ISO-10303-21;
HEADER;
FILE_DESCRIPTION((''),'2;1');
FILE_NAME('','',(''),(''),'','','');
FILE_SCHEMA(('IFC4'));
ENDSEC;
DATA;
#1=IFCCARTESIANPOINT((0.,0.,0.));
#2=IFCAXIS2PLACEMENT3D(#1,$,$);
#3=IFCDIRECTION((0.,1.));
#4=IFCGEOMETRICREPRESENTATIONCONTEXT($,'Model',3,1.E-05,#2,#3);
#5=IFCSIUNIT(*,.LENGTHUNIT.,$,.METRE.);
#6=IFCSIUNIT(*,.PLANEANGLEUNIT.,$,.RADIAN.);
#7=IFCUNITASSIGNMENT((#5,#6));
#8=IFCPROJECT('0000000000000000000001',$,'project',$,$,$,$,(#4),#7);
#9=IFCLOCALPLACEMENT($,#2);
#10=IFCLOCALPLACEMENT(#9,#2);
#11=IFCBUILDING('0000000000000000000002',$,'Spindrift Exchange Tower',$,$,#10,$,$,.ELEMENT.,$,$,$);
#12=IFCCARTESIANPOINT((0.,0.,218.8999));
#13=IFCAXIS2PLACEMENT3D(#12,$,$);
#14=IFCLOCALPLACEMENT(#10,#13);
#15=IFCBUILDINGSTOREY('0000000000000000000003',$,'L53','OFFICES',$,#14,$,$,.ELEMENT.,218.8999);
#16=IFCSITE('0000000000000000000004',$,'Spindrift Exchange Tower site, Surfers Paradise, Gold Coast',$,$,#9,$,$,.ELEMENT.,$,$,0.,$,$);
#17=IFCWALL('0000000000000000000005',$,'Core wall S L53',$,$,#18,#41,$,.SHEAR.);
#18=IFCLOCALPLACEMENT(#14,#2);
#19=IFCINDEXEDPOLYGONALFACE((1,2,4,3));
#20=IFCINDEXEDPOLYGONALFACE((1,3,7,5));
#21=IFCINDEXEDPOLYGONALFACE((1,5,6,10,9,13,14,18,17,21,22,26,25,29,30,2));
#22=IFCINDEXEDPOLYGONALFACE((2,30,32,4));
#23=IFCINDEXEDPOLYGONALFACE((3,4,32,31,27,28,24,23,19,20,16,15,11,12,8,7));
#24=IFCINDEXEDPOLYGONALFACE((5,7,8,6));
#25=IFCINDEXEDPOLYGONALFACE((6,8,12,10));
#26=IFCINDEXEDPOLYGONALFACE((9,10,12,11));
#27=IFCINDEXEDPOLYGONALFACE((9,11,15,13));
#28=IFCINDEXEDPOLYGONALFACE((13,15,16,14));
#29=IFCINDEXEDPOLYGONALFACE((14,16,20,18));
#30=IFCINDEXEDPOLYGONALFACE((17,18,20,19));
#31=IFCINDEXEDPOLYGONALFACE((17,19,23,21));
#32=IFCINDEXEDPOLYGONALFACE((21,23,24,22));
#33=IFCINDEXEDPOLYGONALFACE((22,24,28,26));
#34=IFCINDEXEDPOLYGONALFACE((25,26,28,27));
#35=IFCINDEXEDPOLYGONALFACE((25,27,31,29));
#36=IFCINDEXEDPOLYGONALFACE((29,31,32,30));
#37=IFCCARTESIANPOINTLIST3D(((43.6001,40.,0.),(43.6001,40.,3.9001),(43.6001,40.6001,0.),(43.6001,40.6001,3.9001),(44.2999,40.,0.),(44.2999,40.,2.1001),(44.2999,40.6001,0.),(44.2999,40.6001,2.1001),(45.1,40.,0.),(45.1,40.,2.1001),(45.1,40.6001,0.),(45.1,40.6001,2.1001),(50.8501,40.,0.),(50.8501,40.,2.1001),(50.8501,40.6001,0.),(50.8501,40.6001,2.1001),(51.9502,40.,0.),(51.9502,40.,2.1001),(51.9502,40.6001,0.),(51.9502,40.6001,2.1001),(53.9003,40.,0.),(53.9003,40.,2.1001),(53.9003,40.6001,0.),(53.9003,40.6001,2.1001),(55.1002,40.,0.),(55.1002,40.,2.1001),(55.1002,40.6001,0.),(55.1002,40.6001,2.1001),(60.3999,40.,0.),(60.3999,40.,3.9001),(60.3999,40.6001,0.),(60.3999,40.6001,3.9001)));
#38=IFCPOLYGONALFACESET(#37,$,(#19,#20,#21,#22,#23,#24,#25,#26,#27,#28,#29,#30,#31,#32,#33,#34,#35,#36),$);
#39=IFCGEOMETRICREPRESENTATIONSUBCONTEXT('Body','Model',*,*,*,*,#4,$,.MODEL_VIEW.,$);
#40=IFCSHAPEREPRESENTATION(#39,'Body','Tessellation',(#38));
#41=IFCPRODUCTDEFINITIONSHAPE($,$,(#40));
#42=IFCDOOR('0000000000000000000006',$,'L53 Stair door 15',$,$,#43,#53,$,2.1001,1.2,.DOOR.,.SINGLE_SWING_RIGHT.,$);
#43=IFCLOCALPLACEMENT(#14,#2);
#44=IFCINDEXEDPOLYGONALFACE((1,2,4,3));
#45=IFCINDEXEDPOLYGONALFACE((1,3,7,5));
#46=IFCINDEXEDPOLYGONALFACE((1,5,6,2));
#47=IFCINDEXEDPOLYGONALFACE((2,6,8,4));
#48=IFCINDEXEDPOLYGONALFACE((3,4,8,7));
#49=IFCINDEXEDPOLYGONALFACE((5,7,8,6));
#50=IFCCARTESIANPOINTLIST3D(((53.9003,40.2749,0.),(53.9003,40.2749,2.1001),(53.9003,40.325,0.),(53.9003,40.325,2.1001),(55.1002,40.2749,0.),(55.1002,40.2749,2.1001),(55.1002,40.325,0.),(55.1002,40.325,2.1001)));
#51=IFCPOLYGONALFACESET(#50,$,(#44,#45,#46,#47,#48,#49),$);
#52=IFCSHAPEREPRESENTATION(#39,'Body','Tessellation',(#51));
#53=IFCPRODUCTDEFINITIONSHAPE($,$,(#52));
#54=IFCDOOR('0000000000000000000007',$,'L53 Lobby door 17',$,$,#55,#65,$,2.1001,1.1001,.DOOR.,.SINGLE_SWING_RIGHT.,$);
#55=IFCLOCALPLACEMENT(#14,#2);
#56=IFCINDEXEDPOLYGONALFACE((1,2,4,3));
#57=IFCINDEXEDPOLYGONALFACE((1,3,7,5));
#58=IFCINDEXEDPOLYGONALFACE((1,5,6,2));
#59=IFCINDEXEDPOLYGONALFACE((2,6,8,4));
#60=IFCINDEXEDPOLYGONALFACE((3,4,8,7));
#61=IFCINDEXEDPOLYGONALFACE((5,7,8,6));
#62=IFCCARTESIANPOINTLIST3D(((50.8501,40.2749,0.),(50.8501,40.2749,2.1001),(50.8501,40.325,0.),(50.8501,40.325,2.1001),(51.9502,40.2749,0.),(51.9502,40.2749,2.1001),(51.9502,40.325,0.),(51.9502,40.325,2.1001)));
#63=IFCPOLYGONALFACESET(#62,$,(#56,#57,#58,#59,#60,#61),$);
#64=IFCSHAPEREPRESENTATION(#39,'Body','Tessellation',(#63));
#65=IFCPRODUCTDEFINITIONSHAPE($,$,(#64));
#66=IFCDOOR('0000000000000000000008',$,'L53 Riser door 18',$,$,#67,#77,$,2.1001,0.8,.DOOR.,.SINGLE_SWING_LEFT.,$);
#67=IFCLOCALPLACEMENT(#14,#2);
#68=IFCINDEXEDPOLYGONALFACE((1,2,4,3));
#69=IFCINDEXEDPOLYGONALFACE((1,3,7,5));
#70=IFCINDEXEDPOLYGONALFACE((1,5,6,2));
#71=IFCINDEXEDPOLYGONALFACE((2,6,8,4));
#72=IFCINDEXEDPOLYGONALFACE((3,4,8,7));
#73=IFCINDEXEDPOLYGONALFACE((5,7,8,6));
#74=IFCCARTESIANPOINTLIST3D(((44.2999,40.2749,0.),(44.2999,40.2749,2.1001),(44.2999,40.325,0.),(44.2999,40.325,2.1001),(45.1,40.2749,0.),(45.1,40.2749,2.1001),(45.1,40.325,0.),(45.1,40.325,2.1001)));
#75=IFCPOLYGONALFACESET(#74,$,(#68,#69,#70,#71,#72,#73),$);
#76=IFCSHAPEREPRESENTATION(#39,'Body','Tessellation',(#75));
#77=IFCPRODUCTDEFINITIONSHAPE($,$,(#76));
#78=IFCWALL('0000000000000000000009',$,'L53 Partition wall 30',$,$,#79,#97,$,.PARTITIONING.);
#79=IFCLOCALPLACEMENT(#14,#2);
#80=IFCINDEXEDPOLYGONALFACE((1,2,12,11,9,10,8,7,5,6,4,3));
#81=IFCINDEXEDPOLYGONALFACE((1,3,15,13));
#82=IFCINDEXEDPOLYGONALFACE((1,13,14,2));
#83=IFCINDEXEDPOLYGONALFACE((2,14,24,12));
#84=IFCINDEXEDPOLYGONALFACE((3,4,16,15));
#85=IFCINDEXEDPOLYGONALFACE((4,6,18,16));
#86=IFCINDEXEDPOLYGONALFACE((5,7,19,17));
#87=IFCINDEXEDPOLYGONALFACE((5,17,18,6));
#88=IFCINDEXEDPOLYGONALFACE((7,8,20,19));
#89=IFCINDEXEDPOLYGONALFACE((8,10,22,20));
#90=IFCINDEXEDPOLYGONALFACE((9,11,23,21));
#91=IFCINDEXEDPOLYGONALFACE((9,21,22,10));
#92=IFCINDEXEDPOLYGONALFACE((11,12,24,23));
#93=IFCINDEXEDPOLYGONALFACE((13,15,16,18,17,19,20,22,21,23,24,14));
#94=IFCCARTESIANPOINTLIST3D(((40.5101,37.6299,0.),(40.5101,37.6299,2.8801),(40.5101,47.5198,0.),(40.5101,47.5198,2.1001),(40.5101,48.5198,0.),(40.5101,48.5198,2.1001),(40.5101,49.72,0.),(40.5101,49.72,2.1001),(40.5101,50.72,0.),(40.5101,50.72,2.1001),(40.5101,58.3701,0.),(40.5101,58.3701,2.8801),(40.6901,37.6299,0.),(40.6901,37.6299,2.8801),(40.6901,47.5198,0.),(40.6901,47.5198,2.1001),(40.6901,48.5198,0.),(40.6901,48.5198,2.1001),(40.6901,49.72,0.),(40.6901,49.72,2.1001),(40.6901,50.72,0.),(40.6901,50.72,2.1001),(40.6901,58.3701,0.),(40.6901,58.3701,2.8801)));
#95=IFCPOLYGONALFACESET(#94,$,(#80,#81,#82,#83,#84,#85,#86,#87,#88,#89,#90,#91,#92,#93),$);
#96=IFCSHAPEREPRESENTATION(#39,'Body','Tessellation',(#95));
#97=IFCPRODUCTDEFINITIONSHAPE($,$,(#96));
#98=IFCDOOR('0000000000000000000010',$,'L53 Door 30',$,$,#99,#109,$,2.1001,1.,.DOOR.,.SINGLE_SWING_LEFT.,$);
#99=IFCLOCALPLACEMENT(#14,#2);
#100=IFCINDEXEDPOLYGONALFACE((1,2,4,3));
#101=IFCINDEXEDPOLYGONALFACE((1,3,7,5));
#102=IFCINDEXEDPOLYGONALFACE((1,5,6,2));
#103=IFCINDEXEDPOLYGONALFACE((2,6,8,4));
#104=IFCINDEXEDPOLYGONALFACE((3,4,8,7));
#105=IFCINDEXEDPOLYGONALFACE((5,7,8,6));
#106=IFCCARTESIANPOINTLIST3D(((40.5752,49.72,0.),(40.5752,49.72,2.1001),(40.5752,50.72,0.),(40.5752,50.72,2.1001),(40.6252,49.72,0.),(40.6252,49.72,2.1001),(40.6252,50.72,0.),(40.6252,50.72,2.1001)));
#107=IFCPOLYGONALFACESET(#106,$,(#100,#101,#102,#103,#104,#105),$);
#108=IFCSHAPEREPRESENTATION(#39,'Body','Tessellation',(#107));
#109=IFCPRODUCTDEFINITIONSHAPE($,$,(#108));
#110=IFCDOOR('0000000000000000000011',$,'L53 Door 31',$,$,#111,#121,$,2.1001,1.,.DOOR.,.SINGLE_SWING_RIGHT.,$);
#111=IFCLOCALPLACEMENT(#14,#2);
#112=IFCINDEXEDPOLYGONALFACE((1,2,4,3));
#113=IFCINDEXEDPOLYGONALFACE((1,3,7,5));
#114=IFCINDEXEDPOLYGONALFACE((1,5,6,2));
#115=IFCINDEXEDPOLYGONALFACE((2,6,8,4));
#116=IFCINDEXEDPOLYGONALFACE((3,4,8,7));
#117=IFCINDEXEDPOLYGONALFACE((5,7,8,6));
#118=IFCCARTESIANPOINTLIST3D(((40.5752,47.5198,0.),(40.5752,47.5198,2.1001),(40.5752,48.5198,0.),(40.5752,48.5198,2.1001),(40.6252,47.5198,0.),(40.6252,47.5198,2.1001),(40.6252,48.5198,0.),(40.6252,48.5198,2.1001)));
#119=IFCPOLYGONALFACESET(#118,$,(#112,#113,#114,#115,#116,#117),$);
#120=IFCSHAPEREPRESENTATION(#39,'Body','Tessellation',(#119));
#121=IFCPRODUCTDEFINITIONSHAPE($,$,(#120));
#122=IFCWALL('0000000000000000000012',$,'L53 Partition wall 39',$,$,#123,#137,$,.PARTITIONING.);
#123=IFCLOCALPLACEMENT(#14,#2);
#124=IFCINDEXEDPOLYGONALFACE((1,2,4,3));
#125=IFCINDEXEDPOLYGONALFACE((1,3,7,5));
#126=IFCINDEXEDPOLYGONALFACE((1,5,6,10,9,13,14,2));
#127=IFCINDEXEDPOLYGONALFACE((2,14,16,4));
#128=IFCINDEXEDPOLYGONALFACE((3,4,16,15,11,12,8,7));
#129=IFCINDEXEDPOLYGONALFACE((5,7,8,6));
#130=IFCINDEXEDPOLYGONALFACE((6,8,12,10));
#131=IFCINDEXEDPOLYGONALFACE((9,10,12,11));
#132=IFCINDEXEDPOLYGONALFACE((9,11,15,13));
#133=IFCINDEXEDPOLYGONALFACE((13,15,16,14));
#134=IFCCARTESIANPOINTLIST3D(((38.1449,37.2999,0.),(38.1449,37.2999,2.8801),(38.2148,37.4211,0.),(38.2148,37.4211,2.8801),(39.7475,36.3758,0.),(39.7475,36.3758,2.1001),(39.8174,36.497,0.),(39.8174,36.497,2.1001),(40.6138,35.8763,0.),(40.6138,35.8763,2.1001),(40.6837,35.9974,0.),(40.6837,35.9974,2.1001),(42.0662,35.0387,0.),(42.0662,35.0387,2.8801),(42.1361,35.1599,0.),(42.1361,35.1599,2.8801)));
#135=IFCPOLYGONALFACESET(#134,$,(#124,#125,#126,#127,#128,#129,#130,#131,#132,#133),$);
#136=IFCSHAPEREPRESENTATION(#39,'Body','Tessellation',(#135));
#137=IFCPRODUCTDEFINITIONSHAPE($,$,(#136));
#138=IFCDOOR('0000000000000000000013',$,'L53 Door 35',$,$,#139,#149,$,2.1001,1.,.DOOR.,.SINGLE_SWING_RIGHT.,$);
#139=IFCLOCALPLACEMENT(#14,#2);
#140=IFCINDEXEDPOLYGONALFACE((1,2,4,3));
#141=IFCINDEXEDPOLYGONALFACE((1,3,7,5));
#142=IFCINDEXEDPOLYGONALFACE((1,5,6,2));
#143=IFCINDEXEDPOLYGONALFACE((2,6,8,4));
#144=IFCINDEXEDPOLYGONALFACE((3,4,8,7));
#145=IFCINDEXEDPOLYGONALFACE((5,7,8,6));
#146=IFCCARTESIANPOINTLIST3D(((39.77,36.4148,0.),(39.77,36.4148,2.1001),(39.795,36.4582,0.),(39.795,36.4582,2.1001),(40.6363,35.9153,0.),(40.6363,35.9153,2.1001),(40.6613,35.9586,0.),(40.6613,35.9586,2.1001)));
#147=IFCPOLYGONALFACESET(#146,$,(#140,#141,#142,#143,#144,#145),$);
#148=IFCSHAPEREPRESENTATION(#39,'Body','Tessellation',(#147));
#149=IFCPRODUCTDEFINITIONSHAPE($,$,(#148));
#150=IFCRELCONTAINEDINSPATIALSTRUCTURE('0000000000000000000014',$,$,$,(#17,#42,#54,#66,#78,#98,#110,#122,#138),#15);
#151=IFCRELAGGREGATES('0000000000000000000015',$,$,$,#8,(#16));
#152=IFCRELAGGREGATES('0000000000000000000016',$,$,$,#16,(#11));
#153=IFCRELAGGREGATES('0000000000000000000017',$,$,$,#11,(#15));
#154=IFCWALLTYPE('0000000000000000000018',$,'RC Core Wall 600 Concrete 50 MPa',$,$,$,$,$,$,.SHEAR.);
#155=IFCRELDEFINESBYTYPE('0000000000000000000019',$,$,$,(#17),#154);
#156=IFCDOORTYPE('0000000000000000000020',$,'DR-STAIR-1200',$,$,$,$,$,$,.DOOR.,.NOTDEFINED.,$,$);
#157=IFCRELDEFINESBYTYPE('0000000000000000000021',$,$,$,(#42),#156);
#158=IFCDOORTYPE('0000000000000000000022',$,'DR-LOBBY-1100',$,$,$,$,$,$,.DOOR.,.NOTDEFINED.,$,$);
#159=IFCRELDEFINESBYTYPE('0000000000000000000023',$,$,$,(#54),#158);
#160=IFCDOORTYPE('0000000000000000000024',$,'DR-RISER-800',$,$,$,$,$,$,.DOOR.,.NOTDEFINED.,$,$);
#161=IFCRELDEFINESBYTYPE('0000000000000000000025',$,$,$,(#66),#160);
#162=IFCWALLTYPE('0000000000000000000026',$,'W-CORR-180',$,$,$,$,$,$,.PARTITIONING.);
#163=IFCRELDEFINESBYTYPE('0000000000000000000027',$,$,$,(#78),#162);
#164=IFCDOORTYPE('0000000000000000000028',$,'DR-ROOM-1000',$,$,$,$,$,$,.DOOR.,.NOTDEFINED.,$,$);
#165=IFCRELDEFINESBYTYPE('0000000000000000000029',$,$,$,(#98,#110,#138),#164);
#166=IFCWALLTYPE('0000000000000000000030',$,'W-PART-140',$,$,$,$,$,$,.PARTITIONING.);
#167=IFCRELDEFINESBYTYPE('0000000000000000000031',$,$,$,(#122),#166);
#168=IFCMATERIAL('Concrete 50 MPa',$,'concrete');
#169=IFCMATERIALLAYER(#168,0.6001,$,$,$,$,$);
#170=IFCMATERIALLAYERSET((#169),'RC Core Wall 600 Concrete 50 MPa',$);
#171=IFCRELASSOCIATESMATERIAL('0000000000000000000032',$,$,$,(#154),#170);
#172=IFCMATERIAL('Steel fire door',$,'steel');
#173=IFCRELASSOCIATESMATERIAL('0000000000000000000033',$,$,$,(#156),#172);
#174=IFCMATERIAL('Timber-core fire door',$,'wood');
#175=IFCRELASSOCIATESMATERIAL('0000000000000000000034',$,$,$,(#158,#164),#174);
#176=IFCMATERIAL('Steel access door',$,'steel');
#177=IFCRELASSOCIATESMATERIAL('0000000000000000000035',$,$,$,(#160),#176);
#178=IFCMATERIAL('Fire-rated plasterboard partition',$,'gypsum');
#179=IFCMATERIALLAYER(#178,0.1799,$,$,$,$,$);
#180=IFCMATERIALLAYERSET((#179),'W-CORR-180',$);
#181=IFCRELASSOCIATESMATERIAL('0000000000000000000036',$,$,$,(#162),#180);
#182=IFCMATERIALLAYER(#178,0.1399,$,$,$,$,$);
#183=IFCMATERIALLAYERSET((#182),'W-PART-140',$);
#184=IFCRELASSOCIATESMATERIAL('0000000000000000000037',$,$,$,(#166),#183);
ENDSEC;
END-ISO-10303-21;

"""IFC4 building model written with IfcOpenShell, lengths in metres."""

from ifc_helpers import new_model, si_unit, direction, frame, frame_2d, origin, place, context, subcontext, project, spatial, rectangle, extrude, source, transform, mapped, material, layer, layer_set, type_object, element, fill, save


model = new_model("IFC4")

# Units and contexts
model_context = context("Model", 3, precision=1e-05, world=origin(), true_north=direction((0.0, 1.0)))
body_context = subcontext(model_context, "Body", "Model", "MODEL_VIEW")
ifc_project = project(units=[si_unit("LENGTHUNIT", "METRE"), si_unit("PLANEANGLEUNIT", "RADIAN")], contexts=[model_context])

# Site, building, storey
site_placement = place(None, origin())
site = spatial("IfcSite", under=ifc_project, at=site_placement, Name="Spindrift Exchange Tower site, Surfers Paradise, Gold Coast", CompositionType="ELEMENT", RefElevation=0.0)
building_placement = place(site_placement, origin())
building = spatial("IfcBuilding", under=site, at=building_placement, Name="Spindrift Exchange Tower", CompositionType="ELEMENT")
storey_placement = place(building_placement, frame((0.0, 0.0, 218.8999)))
storey = spatial("IfcBuildingStorey", under=building, at=storey_placement, Name="L53", Description="OFFICES", CompositionType="ELEMENT", Elevation=218.8999)

# Shared definitions
ifc_material_1 = material(Name="Concrete 50 MPa", Category="concrete")

# Walls, openings, doors
ifc_layer_1 = layer(ifc_material_1, 0.6001)
ifc_layer_set_1 = layer_set([ifc_layer_1], Name="RC Core Wall 600 Concrete 50 MPa")
wall_type_1 = type_object("IfcWallType", Name="RC Core Wall 600 Concrete 50 MPa", PredefinedType="SHEAR", material=ifc_layer_set_1)
wall_1_placement = place(storey_placement, frame((43.6001, 40.3, 0.0), z_axis=(0.0, 0.0, 1.0), x_axis=(1.0, 0.0, 0.0)))
wall_1 = element("IfcWall", 1, at=wall_1_placement, inside=storey, type_object=wall_type_1, Name="Core wall S L53", PredefinedType="SHEAR", context=body_context, shape_type="SweptSolid", body=[
    extrude(rectangle(XDim=16.7998, YDim=0.6001, at=frame_2d((8.3999, 0.0))), origin(), (0.0, 0.0, 1.0), 3.9001),
])
opening_1_placement = place(wall_1_placement, frame((10.3, 0.0, 0.0)))
opening_1 = element("IfcOpeningElement", 2, at=opening_1_placement, cuts=wall_1, PredefinedType="OPENING", context=body_context, shape_type="SweptSolid", body=[
    extrude(rectangle(XDim=1.2, YDim=2.1001, at=frame_2d((0.6001, 1.05))), frame((0.0, 0.3101, 0.0), z_axis=(0.0, -1.0, 0.0), x_axis=(1.0, 0.0, 0.0)), (0.0, 0.0, 1.0), 0.6201),
])
opening_2_placement = place(wall_1_placement, frame((7.25, 0.0, 0.0)))
opening_2 = element("IfcOpeningElement", 3, at=opening_2_placement, cuts=wall_1, PredefinedType="OPENING", context=body_context, shape_type="SweptSolid", body=[
    extrude(rectangle(XDim=1.1001, YDim=2.1001, at=frame_2d((0.55, 1.05))), frame((0.0, 0.3101, 0.0), z_axis=(0.0, -1.0, 0.0), x_axis=(1.0, 0.0, 0.0)), (0.0, 0.0, 1.0), 0.6201),
])
opening_3_placement = place(wall_1_placement, frame((0.7, 0.0, 0.0)))
opening_3 = element("IfcOpeningElement", 4, at=opening_3_placement, cuts=wall_1, PredefinedType="OPENING", context=body_context, shape_type="SweptSolid", body=[
    extrude(rectangle(XDim=0.8, YDim=2.1001, at=frame_2d((0.3999, 1.05))), frame((0.0, 0.3101, 0.0), z_axis=(0.0, -1.0, 0.0), x_axis=(1.0, 0.0, 0.0)), (0.0, 0.0, 1.0), 0.6201),
])
ifc_material_2 = material(Name="Steel fire door", Category="steel")
door_type_1 = type_object("IfcDoorType", Name="DR-STAIR-1200", OperationType="NOTDEFINED", PredefinedType="DOOR", material=ifc_material_2)
shared_shape_1 = source(origin(), body_context, "Body", "SweptSolid", [
    extrude(rectangle(XDim=1.2, YDim=2.1001, at=frame_2d((0.6001, 1.05))), frame((0.0, 0.0249, 0.0), z_axis=(0.0, -1.0, 0.0), x_axis=(1.0, 0.0, 0.0)), (0.0, 0.0, 1.0), 0.05),
])
door_1_placement = place(opening_1_placement, origin())
door_1 = element("IfcDoor", 5, at=door_1_placement, inside=storey, type_object=door_type_1, Name="L53 Stair door 15", OperationType="SINGLE_SWING_RIGHT", OverallHeight=2.1001, OverallWidth=1.2, PredefinedType="DOOR", context=body_context, shape_type="MappedRepresentation", body=[
    mapped(shared_shape_1, transform((0.0, 0.0, 0.0), scale=1.0)),
])
fill(opening_1, door_1)
ifc_material_3 = material(Name="Timber-core fire door", Category="wood")
door_type_2 = type_object("IfcDoorType", Name="DR-LOBBY-1100", OperationType="NOTDEFINED", PredefinedType="DOOR", material=ifc_material_3)
shared_shape_2 = source(origin(), body_context, "Body", "SweptSolid", [
    extrude(rectangle(XDim=1.1001, YDim=2.1001, at=frame_2d((0.55, 1.05))), frame((0.0, 0.0249, 0.0), z_axis=(0.0, -1.0, 0.0), x_axis=(1.0, 0.0, 0.0)), (0.0, 0.0, 1.0), 0.05),
])
door_2_placement = place(opening_2_placement, origin())
door_2 = element("IfcDoor", 6, at=door_2_placement, inside=storey, type_object=door_type_2, Name="L53 Lobby door 17", OperationType="SINGLE_SWING_RIGHT", OverallHeight=2.1001, OverallWidth=1.1001, PredefinedType="DOOR", context=body_context, shape_type="MappedRepresentation", body=[
    mapped(shared_shape_2, transform((0.0, 0.0, 0.0), scale=1.0)),
])
fill(opening_2, door_2)
ifc_material_4 = material(Name="Steel access door", Category="steel")
door_type_3 = type_object("IfcDoorType", Name="DR-RISER-800", OperationType="NOTDEFINED", PredefinedType="DOOR", material=ifc_material_4)
shared_shape_3 = source(origin(), body_context, "Body", "SweptSolid", [
    extrude(rectangle(XDim=0.8, YDim=2.1001, at=frame_2d((0.3999, 1.05))), frame((0.0, 0.0249, 0.0), z_axis=(0.0, -1.0, 0.0), x_axis=(1.0, 0.0, 0.0)), (0.0, 0.0, 1.0), 0.05),
])
door_3_placement = place(opening_3_placement, origin())
door_3 = element("IfcDoor", 7, at=door_3_placement, inside=storey, type_object=door_type_3, Name="L53 Riser door 18", OperationType="SINGLE_SWING_LEFT", OverallHeight=2.1001, OverallWidth=0.8, PredefinedType="DOOR", context=body_context, shape_type="MappedRepresentation", body=[
    mapped(shared_shape_3, transform((0.0, 0.0, 0.0), scale=1.0)),
])
fill(opening_3, door_3)
ifc_material_5 = material(Name="Fire-rated plasterboard partition", Category="gypsum")
ifc_layer_2 = layer(ifc_material_5, 0.1799)
ifc_layer_set_2 = layer_set([ifc_layer_2], Name="W-CORR-180")
wall_type_2 = type_object("IfcWallType", Name="W-CORR-180", PredefinedType="PARTITIONING", material=ifc_layer_set_2)
wall_2_placement = place(storey_placement, frame((40.6001, 37.6299, 0.0), z_axis=(0.0, 0.0, 1.0), x_axis=(0.0, 1.0, 0.0)))
wall_2 = element("IfcWall", 8, at=wall_2_placement, inside=storey, type_object=wall_type_2, Name="L53 Partition wall 30", PredefinedType="PARTITIONING", context=body_context, shape_type="SweptSolid", body=[
    extrude(rectangle(XDim=20.7402, YDim=0.1799, at=frame_2d((10.3701, 0.0))), origin(), (0.0, 0.0, 1.0), 2.8801),
])
opening_4_placement = place(wall_2_placement, frame((12.0901, 0.0, 0.0)))
opening_4 = element("IfcOpeningElement", 9, at=opening_4_placement, cuts=wall_2, PredefinedType="OPENING", context=body_context, shape_type="SweptSolid", body=[
    extrude(rectangle(XDim=1.0, YDim=2.1001, at=frame_2d((0.5, 1.05))), frame((0.0, 0.0999, 0.0), z_axis=(0.0, -1.0, 0.0), x_axis=(1.0, 0.0, 0.0)), (0.0, 0.0, 1.0), 0.2),
])
opening_5_placement = place(wall_2_placement, frame((9.8899, 0.0, 0.0)))
opening_5 = element("IfcOpeningElement", 10, at=opening_5_placement, cuts=wall_2, PredefinedType="OPENING", context=body_context, shape_type="SweptSolid", body=[
    extrude(rectangle(XDim=1.0, YDim=2.1001, at=frame_2d((0.5, 1.05))), frame((0.0, 0.0999, 0.0), z_axis=(0.0, -1.0, 0.0), x_axis=(1.0, 0.0, 0.0)), (0.0, 0.0, 1.0), 0.2),
])
door_type_4 = type_object("IfcDoorType", Name="DR-ROOM-1000", OperationType="NOTDEFINED", PredefinedType="DOOR", material=ifc_material_3)
shared_shape_4 = source(origin(), body_context, "Body", "SweptSolid", [
    extrude(rectangle(XDim=1.0, YDim=2.1001, at=frame_2d((0.5, 1.05))), frame((0.0, 0.0249, 0.0), z_axis=(0.0, -1.0, 0.0), x_axis=(1.0, 0.0, 0.0)), (0.0, 0.0, 1.0), 0.05),
])
door_4_placement = place(opening_4_placement, origin())
door_4 = element("IfcDoor", 11, at=door_4_placement, inside=storey, type_object=door_type_4, Name="L53 Door 30", OperationType="SINGLE_SWING_LEFT", OverallHeight=2.1001, OverallWidth=1.0, PredefinedType="DOOR", context=body_context, shape_type="MappedRepresentation", body=[
    mapped(shared_shape_4, transform((0.0, 0.0, 0.0), scale=1.0)),
])
fill(opening_4, door_4)
door_5_placement = place(opening_5_placement, origin())
door_5 = element("IfcDoor", 12, at=door_5_placement, inside=storey, type_object=door_type_4, Name="L53 Door 31", OperationType="SINGLE_SWING_RIGHT", OverallHeight=2.1001, OverallWidth=1.0, PredefinedType="DOOR", context=body_context, shape_type="MappedRepresentation", body=[
    mapped(shared_shape_4, transform((0.0, 0.0, 0.0), scale=1.0)),
])
fill(opening_5, door_5)

# Wall, opening, door
ifc_layer_3 = layer(ifc_material_5, 0.1399)
ifc_layer_set_3 = layer_set([ifc_layer_3], Name="W-PART-140")
wall_type_3 = type_object("IfcWallType", Name="W-PART-140", PredefinedType="PARTITIONING", material=ifc_layer_set_3)
wall_3_placement = place(storey_placement, frame((42.1011, 35.0994, 0.0), z_axis=(0.0, 0.0, 1.0), x_axis=(-0.866292, 0.499539, 0.0)))
wall_3 = element("IfcWall", 13, at=wall_3_placement, inside=storey, type_object=wall_type_3, Name="L53 Partition wall 39", PredefinedType="PARTITIONING", context=body_context, shape_type="SweptSolid", body=[
    extrude(rectangle(XDim=4.5266, YDim=0.1399, at=frame_2d((2.2632, 0.0))), origin(), (0.0, 0.0, 1.0), 2.8801),
])
opening_6_placement = place(wall_3_placement, frame((1.6765, 0.0, 0.0)))
opening_6 = element("IfcOpeningElement", 14, at=opening_6_placement, cuts=wall_3, PredefinedType="OPENING", context=body_context, shape_type="SweptSolid", body=[
    extrude(rectangle(XDim=1.0, YDim=2.1001, at=frame_2d((0.5, 1.05))), frame((0.0, 0.0798, 0.0), z_axis=(0.0, -1.0, 0.0), x_axis=(1.0, 0.0, 0.0)), (0.0, 0.0, 1.0), 0.1599),
])
door_6_placement = place(opening_6_placement, origin())
door_6 = element("IfcDoor", 15, at=door_6_placement, inside=storey, type_object=door_type_4, Name="L53 Door 35", OperationType="SINGLE_SWING_RIGHT", OverallHeight=2.1001, OverallWidth=1.0, PredefinedType="DOOR", context=body_context, shape_type="MappedRepresentation", body=[
    mapped(shared_shape_4, transform((0.0, 0.0, 0.0), scale=1.0)),
])
fill(opening_6, door_6)

save(model, "model.ifc")
